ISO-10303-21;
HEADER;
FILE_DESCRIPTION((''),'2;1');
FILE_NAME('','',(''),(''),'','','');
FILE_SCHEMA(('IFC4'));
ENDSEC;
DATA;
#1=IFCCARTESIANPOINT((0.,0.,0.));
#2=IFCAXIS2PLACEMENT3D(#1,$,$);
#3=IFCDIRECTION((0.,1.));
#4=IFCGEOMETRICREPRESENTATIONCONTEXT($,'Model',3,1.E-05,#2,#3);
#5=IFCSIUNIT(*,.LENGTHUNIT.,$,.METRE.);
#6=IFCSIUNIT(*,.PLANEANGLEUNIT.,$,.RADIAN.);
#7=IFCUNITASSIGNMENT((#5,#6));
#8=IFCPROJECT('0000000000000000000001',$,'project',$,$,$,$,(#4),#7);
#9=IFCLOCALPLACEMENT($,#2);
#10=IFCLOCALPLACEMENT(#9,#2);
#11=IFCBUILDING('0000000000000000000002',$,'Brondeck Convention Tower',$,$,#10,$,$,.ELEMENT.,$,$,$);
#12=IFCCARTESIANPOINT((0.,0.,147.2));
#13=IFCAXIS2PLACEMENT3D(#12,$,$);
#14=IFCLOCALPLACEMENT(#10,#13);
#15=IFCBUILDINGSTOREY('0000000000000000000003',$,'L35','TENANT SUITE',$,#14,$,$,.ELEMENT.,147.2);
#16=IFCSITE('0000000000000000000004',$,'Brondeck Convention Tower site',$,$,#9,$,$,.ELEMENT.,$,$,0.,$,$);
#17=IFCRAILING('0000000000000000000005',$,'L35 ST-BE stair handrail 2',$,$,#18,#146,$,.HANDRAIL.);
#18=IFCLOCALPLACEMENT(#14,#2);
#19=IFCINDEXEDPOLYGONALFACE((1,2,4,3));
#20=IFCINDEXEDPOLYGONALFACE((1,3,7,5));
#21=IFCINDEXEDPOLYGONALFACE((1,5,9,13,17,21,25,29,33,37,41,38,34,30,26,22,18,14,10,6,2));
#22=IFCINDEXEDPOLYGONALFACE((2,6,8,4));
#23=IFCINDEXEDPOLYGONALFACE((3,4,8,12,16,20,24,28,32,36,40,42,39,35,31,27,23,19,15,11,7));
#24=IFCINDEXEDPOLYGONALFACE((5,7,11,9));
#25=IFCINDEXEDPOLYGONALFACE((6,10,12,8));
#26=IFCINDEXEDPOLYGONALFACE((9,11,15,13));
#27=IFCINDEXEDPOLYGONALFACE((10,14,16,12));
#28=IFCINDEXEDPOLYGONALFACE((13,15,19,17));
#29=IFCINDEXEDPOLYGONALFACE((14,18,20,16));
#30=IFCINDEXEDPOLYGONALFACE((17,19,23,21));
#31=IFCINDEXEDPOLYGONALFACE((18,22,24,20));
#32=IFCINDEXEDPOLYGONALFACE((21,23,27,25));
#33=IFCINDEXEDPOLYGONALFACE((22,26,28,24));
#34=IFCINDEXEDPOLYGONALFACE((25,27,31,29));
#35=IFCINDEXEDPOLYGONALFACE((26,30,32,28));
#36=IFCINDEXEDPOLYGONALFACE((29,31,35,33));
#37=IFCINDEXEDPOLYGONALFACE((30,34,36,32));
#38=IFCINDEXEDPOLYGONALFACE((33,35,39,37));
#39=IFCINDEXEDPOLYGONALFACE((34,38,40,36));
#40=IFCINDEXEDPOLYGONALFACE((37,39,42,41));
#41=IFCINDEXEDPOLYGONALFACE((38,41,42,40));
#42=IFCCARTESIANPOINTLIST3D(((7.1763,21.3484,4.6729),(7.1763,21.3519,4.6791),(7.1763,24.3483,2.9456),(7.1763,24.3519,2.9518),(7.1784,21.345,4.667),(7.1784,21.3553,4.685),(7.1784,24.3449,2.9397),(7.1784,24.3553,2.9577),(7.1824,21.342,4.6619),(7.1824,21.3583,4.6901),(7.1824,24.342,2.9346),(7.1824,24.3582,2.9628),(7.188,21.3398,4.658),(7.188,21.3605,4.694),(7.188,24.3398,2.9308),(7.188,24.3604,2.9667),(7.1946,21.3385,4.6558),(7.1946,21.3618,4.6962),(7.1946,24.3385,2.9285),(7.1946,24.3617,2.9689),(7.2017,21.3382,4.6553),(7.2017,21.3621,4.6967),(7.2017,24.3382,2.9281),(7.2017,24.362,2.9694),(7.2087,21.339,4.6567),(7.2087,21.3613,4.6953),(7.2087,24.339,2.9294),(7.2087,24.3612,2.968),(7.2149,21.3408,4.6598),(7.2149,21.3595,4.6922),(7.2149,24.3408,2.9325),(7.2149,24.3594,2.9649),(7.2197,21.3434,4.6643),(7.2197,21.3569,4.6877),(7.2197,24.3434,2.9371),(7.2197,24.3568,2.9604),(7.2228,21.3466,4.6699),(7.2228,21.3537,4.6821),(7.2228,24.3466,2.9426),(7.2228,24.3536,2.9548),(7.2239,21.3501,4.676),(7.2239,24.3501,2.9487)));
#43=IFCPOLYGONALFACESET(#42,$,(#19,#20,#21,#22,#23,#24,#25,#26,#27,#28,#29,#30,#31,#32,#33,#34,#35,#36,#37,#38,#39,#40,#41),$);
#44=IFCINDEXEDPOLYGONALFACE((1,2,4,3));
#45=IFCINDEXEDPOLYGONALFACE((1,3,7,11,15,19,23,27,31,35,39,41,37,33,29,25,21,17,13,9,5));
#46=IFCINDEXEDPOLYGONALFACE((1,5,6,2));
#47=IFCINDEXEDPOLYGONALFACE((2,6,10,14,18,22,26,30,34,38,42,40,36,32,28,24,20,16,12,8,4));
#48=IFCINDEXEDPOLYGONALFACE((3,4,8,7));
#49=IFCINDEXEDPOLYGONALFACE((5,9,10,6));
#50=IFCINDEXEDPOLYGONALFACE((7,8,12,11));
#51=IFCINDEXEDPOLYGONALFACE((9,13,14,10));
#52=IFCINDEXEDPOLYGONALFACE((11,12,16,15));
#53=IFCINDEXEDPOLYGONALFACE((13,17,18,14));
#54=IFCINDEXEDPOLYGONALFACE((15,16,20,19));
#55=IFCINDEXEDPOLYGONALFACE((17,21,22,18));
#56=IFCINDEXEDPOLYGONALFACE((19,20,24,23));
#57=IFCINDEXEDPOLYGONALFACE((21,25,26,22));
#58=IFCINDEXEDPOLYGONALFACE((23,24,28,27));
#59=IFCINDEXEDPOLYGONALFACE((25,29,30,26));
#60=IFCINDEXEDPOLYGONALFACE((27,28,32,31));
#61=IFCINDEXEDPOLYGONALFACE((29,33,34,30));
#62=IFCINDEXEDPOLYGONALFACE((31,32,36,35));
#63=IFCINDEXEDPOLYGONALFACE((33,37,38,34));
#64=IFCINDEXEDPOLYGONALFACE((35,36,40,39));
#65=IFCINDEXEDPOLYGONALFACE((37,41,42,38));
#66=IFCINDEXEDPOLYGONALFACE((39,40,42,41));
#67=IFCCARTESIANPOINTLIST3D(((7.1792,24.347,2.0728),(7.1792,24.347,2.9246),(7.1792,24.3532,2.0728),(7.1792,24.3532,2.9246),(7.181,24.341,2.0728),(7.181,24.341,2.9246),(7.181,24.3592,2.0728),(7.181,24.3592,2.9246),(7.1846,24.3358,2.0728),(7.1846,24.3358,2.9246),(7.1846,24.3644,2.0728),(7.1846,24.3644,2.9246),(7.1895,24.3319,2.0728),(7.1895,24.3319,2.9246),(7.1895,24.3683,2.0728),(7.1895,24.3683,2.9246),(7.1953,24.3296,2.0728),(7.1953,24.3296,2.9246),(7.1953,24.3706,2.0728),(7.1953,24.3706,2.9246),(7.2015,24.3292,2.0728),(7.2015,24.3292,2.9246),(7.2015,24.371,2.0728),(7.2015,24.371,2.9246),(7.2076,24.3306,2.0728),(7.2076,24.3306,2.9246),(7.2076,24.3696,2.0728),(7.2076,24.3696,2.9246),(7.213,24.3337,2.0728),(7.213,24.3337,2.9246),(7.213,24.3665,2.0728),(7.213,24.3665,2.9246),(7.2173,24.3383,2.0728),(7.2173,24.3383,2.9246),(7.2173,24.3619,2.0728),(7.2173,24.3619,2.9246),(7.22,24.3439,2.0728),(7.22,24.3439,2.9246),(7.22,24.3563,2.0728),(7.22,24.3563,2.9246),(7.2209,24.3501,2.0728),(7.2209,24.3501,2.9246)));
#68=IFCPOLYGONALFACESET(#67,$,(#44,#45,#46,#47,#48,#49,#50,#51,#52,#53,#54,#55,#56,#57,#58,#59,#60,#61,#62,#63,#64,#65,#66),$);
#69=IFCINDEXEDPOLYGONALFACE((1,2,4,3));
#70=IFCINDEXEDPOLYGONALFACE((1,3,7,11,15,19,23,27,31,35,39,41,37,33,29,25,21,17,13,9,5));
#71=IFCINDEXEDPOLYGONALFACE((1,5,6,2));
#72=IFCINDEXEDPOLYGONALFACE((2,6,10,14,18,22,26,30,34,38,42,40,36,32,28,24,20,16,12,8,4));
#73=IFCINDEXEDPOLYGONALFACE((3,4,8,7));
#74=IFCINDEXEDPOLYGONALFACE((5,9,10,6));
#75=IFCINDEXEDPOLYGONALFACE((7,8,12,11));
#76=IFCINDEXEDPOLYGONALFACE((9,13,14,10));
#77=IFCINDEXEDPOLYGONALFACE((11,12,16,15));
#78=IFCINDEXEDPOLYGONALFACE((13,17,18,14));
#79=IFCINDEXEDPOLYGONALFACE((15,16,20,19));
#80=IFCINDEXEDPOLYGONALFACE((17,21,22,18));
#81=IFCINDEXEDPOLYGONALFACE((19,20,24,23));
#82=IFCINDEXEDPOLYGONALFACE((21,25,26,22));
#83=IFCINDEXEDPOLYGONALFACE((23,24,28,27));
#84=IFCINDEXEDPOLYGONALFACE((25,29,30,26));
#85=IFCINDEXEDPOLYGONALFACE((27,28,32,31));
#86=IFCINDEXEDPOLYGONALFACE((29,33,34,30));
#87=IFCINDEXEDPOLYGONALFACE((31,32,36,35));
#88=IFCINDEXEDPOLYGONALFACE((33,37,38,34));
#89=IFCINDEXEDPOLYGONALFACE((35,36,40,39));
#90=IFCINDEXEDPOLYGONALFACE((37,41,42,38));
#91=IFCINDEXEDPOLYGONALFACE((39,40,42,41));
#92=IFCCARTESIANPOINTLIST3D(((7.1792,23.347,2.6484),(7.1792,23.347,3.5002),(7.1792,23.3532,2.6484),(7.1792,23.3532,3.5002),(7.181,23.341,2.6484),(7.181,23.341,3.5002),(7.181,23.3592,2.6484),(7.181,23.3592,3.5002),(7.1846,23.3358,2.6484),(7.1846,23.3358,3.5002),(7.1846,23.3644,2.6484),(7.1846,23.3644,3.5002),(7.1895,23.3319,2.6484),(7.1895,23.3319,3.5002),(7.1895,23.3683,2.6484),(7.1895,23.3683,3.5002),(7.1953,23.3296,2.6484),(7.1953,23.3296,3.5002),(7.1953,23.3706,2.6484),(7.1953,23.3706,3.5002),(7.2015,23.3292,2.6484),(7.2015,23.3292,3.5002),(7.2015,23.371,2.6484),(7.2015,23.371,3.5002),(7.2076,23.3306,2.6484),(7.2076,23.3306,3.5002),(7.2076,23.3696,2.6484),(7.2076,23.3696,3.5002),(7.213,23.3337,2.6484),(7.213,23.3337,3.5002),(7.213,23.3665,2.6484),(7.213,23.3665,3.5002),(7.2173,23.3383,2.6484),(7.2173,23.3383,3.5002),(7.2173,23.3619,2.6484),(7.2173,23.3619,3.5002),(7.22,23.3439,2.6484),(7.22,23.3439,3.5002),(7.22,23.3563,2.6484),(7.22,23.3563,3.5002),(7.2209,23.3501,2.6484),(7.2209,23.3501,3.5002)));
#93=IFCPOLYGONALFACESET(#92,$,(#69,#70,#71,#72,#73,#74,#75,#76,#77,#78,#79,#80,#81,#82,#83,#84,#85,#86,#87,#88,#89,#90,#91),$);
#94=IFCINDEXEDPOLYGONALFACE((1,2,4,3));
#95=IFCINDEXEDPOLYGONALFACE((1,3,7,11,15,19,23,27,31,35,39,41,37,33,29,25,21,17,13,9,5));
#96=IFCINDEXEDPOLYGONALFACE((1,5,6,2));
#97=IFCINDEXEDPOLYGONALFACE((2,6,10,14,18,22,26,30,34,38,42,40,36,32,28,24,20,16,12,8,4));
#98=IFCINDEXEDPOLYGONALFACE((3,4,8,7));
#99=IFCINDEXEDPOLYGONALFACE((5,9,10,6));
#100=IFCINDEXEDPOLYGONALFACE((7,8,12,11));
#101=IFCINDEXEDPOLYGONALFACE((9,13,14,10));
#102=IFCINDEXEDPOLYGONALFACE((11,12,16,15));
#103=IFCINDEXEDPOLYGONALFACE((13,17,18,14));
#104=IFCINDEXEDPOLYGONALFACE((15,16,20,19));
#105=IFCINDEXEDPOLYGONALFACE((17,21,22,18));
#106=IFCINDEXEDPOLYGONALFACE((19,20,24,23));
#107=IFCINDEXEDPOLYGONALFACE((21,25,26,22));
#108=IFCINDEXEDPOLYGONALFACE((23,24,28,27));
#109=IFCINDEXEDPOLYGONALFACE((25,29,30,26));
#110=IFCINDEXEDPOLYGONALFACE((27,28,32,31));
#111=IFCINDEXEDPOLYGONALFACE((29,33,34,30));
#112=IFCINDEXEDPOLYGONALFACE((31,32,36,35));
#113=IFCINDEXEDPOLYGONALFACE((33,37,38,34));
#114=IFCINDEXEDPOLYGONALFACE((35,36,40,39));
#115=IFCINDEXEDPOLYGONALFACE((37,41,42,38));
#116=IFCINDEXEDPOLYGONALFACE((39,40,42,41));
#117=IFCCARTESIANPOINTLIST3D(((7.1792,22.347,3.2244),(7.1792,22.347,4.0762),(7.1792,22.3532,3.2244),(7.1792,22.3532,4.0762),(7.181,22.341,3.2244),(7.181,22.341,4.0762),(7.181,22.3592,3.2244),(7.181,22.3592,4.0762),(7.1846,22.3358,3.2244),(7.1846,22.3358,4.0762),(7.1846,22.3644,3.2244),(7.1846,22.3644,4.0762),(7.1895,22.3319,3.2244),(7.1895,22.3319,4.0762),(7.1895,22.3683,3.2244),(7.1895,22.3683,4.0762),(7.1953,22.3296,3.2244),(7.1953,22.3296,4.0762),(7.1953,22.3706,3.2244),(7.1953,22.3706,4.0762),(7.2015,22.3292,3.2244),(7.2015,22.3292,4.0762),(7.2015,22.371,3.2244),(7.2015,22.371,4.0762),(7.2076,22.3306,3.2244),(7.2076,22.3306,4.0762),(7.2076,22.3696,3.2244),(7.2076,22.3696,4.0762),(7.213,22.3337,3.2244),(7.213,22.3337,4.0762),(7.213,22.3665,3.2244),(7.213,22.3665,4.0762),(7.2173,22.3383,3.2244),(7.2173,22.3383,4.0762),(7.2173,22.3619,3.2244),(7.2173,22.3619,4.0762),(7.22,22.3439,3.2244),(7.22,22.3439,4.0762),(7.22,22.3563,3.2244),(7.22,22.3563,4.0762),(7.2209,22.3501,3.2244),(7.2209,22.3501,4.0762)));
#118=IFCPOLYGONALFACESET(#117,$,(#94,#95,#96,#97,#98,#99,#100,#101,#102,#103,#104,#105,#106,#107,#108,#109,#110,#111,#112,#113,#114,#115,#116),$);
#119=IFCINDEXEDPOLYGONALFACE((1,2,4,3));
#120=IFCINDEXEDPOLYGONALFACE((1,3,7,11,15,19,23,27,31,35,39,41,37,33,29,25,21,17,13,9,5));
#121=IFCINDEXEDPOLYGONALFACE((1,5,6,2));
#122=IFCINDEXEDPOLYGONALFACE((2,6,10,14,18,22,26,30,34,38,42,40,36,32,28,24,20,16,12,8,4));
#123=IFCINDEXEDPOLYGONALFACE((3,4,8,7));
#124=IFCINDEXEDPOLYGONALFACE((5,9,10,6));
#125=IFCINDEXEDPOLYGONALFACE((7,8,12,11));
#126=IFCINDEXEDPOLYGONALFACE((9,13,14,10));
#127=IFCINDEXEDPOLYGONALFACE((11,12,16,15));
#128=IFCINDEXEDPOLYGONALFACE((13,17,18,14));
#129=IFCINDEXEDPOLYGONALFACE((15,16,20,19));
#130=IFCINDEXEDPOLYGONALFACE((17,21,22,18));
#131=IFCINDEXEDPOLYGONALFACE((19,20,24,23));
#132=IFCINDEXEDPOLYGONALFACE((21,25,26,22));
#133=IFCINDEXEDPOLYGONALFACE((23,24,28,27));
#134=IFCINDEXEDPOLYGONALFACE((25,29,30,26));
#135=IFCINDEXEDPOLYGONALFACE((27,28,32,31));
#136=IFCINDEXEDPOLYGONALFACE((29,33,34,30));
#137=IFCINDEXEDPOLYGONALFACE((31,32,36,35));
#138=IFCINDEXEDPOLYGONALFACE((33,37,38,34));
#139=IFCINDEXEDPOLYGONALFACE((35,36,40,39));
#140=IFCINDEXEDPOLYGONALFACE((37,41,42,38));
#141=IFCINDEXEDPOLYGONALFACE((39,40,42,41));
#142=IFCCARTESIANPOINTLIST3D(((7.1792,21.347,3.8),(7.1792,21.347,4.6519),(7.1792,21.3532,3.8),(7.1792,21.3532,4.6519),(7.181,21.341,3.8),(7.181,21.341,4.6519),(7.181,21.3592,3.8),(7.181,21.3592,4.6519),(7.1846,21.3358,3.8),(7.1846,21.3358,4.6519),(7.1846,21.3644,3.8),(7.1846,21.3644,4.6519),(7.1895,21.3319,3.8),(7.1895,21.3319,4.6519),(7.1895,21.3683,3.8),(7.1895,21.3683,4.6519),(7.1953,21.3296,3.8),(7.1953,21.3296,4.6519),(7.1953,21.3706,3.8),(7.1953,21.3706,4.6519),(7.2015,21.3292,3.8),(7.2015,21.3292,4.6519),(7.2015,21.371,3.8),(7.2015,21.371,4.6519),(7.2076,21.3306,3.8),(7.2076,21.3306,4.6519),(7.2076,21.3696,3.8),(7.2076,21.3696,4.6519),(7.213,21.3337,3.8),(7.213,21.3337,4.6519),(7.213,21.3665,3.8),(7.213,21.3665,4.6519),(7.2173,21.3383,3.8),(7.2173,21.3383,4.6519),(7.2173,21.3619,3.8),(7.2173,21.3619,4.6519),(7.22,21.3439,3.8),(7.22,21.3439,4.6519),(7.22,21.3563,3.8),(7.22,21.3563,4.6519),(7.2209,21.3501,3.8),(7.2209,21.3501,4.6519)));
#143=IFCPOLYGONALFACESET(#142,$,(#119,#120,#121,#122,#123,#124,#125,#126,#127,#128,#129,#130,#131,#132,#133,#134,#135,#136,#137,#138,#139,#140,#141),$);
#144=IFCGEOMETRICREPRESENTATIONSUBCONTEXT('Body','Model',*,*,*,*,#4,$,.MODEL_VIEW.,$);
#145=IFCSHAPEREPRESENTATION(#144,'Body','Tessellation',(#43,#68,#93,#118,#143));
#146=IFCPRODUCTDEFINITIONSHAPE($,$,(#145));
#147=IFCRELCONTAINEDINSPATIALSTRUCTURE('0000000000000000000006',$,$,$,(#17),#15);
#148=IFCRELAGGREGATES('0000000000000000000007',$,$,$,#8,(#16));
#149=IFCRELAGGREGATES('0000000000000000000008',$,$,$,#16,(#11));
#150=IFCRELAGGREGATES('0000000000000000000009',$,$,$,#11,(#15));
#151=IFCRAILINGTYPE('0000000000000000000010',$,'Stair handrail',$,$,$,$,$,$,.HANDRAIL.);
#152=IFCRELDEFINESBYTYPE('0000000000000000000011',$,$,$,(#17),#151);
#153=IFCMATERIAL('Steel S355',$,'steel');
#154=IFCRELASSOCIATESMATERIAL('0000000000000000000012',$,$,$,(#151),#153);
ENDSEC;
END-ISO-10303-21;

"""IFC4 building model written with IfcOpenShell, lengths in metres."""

from ifc_helpers import new_model, si_unit, direction, frame, origin, origin_2d, place, context, subcontext, project, spatial, circle, extrude, material, type_object, element, save


model = new_model("IFC4")

# Units and contexts
model_context = context("Model", 3, precision=1e-05, world=origin(), true_north=direction((0.0, 1.0)))
body_context = subcontext(model_context, "Body", "Model", "MODEL_VIEW")
ifc_project = project(units=[si_unit("LENGTHUNIT", "METRE"), si_unit("PLANEANGLEUNIT", "RADIAN")], contexts=[model_context])

# Site, building, storey
site_placement = place(None, origin())
site = spatial("IfcSite", under=ifc_project, at=site_placement, Name="Brondeck Convention Tower site", CompositionType="ELEMENT", RefElevation=0.0)
building_placement = place(site_placement, origin())
building = spatial("IfcBuilding", under=site, at=building_placement, Name="Brondeck Convention Tower", CompositionType="ELEMENT")
storey_placement = place(building_placement, frame((0.0, 0.0, 147.2)))
storey = spatial("IfcBuildingStorey", under=building, at=storey_placement, Name="L35", Description="TENANT SUITE", CompositionType="ELEMENT", Elevation=147.2)

# Shared definitions
ifc_material_1 = material(Name="Steel S355", Category="steel")

# Railing
railing_type_1 = type_object("IfcRailingType", Name="Stair handrail", PredefinedType="HANDRAIL", material=ifc_material_1)
railing_1_placement = place(storey_placement, frame((7.2, 24.3501, 2.0728)))
element("IfcRailing", 1, at=railing_1_placement, inside=storey, type_object=railing_type_1, Name="L35 ST-BE stair handrail 2", PredefinedType="HANDRAIL", context=body_context, shape_type="SweptSolid", body=[
    extrude(circle(Radius=0.0239, at=origin_2d()), frame((0.0, 0.0, 0.876), z_axis=(0.0, -0.86662, 0.498969), x_axis=(1.0, 0.0, 0.0)), (0.0, 0.0, 1.0), 3.4617),
    extrude(circle(Radius=0.021, at=origin_2d()), origin(), (0.0, 0.0, 1.0), 0.8518),
    extrude(circle(Radius=0.021, at=origin_2d()), frame((0.0, -1.0, 0.5757)), (0.0, 0.0, 1.0), 0.8518),
    extrude(circle(Radius=0.021, at=origin_2d()), frame((0.0, -2.0, 1.1516)), (0.0, 0.0, 1.0), 0.8518),
    extrude(circle(Radius=0.021, at=origin_2d()), frame((0.0, -3.0, 1.7273)), (0.0, 0.0, 1.0), 0.8518),
])

save(model, "model.ifc")
